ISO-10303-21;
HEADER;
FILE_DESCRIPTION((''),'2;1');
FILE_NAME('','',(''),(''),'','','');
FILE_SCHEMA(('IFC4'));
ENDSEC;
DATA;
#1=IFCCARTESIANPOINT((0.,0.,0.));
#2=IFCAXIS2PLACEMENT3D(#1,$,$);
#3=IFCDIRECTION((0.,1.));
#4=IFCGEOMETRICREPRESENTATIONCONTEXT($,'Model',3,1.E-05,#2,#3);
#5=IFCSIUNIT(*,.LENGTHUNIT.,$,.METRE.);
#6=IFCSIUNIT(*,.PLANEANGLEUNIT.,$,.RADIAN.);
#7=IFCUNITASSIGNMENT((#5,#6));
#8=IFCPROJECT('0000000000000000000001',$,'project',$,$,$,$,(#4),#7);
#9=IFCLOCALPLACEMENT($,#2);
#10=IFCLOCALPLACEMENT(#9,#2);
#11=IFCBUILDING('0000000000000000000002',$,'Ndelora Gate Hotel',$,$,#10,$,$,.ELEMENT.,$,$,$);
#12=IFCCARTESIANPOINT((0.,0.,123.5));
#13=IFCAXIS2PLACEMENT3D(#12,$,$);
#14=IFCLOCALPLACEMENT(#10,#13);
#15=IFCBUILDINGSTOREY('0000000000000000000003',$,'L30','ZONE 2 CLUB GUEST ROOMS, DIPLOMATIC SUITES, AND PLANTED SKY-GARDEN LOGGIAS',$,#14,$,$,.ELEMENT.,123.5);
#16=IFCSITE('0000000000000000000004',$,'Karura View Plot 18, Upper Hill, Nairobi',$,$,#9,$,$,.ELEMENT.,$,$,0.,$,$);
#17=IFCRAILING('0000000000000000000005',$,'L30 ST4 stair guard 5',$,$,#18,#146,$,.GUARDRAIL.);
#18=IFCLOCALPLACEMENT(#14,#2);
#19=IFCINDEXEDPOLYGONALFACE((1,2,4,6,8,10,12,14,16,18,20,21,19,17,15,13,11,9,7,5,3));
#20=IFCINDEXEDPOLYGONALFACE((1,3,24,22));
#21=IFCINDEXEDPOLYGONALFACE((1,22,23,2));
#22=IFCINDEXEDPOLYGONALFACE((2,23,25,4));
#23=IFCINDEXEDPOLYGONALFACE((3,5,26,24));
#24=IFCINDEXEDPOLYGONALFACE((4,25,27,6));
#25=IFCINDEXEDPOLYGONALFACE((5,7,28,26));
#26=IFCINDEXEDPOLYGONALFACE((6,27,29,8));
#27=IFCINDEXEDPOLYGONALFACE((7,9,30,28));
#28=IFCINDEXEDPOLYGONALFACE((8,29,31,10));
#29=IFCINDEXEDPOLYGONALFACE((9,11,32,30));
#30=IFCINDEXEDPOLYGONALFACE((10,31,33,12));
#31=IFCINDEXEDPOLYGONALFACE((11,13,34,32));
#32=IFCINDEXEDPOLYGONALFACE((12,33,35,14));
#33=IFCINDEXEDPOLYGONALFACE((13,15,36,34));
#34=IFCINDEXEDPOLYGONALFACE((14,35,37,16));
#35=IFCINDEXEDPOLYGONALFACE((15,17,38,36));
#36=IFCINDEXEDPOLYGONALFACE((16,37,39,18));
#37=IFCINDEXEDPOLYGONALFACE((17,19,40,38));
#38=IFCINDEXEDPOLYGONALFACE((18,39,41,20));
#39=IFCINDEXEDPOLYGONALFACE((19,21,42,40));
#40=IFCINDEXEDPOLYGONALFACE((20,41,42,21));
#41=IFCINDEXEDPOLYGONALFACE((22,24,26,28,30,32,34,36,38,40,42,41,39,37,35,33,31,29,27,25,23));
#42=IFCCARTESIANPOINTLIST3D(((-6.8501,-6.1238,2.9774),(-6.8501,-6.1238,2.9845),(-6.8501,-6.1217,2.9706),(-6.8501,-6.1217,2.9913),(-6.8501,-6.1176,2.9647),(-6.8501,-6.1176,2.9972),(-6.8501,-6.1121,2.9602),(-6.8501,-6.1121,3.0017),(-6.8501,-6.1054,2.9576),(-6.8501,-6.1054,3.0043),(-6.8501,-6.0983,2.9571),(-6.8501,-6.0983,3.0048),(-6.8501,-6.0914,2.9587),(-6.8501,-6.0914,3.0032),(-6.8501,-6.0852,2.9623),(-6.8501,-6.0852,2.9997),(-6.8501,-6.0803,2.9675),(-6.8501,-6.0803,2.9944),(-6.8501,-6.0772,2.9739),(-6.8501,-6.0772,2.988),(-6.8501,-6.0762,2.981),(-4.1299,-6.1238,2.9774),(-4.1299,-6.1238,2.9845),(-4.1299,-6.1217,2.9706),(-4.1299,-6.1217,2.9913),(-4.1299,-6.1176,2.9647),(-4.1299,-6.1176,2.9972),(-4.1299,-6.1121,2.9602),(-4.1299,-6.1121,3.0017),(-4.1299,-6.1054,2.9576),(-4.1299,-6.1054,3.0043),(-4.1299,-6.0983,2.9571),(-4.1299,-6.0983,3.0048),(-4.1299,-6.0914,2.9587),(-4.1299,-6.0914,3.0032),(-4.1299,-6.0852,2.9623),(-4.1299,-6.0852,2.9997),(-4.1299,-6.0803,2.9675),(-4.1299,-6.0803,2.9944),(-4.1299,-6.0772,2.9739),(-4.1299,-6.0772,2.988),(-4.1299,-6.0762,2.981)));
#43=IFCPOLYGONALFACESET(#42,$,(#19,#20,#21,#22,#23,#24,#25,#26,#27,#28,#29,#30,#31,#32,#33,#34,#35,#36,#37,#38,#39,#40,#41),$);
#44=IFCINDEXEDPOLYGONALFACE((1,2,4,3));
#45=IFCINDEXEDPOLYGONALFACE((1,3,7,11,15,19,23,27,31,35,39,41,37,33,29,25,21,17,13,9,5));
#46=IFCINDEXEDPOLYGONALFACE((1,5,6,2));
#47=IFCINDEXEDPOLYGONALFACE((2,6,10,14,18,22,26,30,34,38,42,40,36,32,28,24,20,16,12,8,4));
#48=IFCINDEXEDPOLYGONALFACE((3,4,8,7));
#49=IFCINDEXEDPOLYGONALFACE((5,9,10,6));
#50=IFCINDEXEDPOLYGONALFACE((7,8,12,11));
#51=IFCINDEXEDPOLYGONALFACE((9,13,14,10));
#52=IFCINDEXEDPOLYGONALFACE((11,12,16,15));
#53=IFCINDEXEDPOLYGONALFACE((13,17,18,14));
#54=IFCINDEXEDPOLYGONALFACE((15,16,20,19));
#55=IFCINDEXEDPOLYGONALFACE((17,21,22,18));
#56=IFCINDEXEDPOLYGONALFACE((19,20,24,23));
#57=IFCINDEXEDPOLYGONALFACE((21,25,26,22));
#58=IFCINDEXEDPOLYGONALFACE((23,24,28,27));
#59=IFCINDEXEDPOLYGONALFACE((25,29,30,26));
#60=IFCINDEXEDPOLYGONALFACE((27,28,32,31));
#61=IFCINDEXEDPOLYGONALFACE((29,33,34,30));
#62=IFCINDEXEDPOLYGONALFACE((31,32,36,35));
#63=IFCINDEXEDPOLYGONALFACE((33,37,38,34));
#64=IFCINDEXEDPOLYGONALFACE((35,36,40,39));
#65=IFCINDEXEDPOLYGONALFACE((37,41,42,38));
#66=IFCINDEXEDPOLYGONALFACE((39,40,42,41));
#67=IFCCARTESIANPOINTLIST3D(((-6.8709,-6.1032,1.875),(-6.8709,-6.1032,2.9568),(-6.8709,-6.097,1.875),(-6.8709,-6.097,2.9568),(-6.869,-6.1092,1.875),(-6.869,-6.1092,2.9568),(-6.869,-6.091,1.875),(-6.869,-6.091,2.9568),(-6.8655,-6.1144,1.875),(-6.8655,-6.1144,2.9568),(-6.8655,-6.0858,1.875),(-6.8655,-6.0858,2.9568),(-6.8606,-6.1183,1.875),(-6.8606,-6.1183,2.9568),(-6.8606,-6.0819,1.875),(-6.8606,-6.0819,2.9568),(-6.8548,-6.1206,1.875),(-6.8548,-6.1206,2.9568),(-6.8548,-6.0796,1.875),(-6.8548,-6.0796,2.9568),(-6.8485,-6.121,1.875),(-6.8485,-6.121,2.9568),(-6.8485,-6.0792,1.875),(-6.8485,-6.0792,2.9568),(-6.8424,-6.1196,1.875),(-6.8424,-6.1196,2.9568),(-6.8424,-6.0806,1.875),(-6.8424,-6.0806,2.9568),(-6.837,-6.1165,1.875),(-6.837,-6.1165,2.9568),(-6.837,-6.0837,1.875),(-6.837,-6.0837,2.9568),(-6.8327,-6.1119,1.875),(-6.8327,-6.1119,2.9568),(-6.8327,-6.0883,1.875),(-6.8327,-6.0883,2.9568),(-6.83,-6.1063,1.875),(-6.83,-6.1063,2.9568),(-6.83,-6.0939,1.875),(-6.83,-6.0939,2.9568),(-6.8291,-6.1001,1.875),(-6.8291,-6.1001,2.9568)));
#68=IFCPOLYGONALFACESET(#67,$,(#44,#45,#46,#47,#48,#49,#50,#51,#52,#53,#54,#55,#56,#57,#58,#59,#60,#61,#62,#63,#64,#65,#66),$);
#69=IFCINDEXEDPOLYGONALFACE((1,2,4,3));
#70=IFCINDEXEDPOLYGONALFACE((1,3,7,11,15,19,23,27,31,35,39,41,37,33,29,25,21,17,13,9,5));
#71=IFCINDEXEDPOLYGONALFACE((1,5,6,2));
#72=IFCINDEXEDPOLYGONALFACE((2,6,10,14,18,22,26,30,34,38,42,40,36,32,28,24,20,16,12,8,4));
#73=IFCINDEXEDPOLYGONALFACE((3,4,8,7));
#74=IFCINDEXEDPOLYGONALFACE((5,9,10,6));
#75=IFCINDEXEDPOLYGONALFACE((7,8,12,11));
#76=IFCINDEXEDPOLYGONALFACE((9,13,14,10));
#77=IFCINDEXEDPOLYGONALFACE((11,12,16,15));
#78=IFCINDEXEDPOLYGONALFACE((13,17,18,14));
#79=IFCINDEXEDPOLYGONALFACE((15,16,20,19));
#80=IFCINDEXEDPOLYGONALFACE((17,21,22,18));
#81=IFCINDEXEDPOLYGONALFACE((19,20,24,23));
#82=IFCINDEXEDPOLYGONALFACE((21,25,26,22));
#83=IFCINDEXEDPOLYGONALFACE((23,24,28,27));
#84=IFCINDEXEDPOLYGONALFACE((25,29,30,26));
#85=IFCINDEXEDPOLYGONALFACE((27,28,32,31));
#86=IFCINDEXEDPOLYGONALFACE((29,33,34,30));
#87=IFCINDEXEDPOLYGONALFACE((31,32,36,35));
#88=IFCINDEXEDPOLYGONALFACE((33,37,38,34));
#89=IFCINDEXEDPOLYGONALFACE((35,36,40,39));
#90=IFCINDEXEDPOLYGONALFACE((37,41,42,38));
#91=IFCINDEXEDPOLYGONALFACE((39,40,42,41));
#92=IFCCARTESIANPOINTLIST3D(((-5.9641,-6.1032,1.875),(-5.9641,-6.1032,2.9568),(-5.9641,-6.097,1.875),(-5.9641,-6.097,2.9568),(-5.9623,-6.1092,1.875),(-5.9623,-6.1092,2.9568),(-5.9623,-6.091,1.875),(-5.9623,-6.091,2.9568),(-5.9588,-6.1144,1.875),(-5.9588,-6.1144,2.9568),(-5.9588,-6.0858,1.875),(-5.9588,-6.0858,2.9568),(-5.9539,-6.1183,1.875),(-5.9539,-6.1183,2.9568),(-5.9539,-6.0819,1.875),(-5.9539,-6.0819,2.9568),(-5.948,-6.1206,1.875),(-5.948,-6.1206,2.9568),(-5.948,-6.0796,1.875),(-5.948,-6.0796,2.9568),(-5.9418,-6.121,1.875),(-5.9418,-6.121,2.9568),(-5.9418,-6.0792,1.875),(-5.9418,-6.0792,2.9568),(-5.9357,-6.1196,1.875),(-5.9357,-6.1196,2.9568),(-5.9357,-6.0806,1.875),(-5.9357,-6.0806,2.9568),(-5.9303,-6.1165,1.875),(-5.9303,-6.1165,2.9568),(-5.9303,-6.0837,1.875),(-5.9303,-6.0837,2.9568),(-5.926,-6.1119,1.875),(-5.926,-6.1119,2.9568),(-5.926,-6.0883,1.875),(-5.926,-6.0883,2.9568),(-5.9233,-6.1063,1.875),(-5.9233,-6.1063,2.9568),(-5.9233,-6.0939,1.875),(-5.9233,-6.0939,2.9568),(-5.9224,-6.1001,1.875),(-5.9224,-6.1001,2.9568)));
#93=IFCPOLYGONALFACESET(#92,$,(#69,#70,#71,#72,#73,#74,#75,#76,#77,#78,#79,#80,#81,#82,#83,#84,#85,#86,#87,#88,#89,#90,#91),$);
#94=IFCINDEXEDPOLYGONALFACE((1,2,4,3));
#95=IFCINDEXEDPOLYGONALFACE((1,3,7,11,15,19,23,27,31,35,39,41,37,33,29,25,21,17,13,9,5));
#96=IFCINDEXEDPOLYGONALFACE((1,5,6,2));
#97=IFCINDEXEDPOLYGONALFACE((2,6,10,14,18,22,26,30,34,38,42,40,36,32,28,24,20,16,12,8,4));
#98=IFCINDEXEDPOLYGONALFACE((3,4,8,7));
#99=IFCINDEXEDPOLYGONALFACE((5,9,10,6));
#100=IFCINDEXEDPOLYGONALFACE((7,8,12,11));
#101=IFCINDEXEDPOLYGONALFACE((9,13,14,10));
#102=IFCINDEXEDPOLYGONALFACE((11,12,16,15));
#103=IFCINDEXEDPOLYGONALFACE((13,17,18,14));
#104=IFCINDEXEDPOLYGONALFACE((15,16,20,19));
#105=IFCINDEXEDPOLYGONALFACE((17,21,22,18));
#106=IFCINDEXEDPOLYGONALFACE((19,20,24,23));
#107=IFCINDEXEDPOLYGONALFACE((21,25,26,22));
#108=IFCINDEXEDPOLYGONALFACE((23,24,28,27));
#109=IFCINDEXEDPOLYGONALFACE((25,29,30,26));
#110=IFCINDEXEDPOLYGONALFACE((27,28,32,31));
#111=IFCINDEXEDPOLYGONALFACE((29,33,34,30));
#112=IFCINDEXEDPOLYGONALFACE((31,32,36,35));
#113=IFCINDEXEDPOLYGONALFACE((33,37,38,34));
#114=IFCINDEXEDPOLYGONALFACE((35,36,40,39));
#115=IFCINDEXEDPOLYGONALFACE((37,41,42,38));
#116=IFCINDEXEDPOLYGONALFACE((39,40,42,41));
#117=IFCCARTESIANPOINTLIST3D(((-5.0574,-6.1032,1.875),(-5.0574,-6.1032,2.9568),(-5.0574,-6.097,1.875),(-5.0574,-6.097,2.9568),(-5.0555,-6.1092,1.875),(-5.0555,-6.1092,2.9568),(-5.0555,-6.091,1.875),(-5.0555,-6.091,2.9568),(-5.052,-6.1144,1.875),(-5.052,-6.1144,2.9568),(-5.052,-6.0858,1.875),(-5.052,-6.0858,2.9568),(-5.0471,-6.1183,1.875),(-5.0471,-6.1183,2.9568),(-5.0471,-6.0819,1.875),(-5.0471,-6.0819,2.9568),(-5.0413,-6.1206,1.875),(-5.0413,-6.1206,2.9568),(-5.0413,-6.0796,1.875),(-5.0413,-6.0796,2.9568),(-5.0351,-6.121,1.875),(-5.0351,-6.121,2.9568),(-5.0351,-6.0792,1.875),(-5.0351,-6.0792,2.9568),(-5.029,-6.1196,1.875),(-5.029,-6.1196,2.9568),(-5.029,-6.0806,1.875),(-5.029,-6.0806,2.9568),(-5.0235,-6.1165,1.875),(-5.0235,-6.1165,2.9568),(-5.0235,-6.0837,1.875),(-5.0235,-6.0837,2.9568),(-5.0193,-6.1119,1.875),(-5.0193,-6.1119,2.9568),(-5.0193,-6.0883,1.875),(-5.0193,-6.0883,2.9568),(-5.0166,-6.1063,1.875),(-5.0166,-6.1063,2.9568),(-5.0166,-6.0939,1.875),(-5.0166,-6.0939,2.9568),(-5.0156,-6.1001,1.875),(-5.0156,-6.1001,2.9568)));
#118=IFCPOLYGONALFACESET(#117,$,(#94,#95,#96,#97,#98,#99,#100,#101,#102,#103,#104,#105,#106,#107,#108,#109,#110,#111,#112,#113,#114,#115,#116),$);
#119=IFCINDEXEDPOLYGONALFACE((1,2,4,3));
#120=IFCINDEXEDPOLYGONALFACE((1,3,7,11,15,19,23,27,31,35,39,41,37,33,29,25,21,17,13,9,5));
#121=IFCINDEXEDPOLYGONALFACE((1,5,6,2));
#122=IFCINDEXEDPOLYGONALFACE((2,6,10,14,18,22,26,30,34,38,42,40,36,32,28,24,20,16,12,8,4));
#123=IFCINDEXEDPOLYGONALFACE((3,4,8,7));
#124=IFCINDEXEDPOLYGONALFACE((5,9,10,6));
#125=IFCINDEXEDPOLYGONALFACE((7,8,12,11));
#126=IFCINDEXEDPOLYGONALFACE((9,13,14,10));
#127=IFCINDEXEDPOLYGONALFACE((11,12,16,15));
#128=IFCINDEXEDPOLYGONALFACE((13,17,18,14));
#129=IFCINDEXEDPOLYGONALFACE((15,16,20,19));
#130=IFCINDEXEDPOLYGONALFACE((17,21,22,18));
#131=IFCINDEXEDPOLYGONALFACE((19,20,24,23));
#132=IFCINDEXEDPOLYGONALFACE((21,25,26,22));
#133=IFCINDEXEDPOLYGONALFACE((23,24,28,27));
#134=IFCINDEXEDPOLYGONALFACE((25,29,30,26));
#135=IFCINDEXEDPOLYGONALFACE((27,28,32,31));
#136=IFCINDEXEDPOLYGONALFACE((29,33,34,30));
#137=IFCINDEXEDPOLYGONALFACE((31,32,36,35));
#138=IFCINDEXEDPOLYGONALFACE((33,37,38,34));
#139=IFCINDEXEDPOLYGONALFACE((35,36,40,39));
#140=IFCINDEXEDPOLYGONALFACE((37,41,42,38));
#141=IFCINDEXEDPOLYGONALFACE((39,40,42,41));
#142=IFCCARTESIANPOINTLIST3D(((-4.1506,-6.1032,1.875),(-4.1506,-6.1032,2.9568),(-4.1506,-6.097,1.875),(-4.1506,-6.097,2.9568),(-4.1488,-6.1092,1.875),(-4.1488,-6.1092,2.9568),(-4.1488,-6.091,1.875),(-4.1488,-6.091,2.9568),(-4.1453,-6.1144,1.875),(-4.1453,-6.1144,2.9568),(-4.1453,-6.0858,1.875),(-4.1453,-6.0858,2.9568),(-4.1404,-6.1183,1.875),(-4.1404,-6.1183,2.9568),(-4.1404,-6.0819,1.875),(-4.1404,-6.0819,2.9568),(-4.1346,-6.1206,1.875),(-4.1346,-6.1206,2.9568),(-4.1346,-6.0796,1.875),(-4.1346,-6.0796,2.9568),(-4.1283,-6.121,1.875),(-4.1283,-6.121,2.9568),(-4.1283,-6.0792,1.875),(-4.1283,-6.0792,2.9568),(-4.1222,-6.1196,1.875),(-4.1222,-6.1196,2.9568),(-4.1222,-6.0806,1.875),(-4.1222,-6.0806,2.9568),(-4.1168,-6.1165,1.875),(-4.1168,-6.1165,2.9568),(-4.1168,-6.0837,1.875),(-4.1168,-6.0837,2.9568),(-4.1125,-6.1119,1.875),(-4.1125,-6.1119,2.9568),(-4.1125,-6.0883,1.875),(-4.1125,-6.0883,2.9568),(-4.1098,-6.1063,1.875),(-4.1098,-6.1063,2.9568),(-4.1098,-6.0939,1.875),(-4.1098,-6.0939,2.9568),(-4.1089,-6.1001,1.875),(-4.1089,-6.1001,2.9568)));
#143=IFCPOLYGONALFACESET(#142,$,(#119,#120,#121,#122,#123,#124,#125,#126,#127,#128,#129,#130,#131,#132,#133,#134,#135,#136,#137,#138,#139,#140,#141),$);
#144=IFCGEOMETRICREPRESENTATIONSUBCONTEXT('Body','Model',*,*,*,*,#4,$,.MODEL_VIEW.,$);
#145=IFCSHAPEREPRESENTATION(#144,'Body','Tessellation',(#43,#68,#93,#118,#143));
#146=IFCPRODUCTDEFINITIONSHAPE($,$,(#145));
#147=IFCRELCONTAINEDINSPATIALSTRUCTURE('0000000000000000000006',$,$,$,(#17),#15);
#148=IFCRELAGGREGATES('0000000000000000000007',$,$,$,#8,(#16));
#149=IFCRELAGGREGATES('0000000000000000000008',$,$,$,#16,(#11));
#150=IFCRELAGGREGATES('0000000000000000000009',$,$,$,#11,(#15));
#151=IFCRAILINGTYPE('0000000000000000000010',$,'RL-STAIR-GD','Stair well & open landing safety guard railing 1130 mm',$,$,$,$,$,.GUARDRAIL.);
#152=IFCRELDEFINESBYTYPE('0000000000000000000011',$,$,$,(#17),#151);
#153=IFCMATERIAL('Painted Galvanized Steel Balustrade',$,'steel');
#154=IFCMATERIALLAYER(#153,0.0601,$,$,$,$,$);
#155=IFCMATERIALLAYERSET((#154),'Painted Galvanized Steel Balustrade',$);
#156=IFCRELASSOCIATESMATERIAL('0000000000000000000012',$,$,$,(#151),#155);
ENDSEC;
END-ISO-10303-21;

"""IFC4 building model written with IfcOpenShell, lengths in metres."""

from ifc_helpers import new_model, si_unit, direction, frame, origin, origin_2d, place, context, subcontext, project, spatial, circle, extrude, material, layer, layer_set, type_object, element, save


model = new_model("IFC4")

# Units and contexts
model_context = context("Model", 3, precision=1e-05, world=origin(), true_north=direction((0.0, 1.0)))
body_context = subcontext(model_context, "Body", "Model", "MODEL_VIEW")
ifc_project = project(units=[si_unit("LENGTHUNIT", "METRE"), si_unit("PLANEANGLEUNIT", "RADIAN")], contexts=[model_context])

# Site, building, storey
site_placement = place(None, origin())
site = spatial("IfcSite", under=ifc_project, at=site_placement, Name="Karura View Plot 18, Upper Hill, Nairobi", CompositionType="ELEMENT", RefElevation=0.0)
building_placement = place(site_placement, origin())
building = spatial("IfcBuilding", under=site, at=building_placement, Name="Ndelora Gate Hotel", CompositionType="ELEMENT")
storey_placement = place(building_placement, frame((0.0, 0.0, 123.5)))
storey = spatial("IfcBuildingStorey", under=building, at=storey_placement, Name="L30", Description="ZONE 2 CLUB GUEST ROOMS, DIPLOMATIC SUITES, AND PLANTED SKY-GARDEN LOGGIAS", CompositionType="ELEMENT", Elevation=123.5)

# Railing
ifc_material_1 = material(Name="Painted Galvanized Steel Balustrade", Category="steel")
ifc_layer_1 = layer(ifc_material_1, 0.0601)
ifc_layer_set_1 = layer_set([ifc_layer_1], Name="Painted Galvanized Steel Balustrade")
railing_type_1 = type_object("IfcRailingType", Name="RL-STAIR-GD", Description="Stair well & open landing safety guard railing 1130 mm", PredefinedType="GUARDRAIL", material=ifc_layer_set_1)
railing_1_placement = place(storey_placement, frame((-6.8501, -6.1001, 1.875)))
element("IfcRailing", 1, at=railing_1_placement, inside=storey, type_object=railing_type_1, Name="L30 ST4 stair guard 5", PredefinedType="GUARDRAIL", context=body_context, shape_type="SweptSolid", body=[
    extrude(circle(Radius=0.0239, at=origin_2d()), frame((0.0, 0.0, 1.106), z_axis=(1.0, 0.0, 0.0), x_axis=(0.0, 1.0, 0.0)), (0.0, 0.0, 1.0), 2.7202),
    extrude(circle(Radius=0.021, at=origin_2d()), origin(), (0.0, 0.0, 1.0), 1.0818),
    extrude(circle(Radius=0.021, at=origin_2d()), frame((0.9067, 0.0, 0.0)), (0.0, 0.0, 1.0), 1.0818),
    extrude(circle(Radius=0.021, at=origin_2d()), frame((1.8135, 0.0, 0.0)), (0.0, 0.0, 1.0), 1.0818),
    extrude(circle(Radius=0.021, at=origin_2d()), frame((2.7202, 0.0, 0.0)), (0.0, 0.0, 1.0), 1.0818),
])

save(model, "model.ifc")
